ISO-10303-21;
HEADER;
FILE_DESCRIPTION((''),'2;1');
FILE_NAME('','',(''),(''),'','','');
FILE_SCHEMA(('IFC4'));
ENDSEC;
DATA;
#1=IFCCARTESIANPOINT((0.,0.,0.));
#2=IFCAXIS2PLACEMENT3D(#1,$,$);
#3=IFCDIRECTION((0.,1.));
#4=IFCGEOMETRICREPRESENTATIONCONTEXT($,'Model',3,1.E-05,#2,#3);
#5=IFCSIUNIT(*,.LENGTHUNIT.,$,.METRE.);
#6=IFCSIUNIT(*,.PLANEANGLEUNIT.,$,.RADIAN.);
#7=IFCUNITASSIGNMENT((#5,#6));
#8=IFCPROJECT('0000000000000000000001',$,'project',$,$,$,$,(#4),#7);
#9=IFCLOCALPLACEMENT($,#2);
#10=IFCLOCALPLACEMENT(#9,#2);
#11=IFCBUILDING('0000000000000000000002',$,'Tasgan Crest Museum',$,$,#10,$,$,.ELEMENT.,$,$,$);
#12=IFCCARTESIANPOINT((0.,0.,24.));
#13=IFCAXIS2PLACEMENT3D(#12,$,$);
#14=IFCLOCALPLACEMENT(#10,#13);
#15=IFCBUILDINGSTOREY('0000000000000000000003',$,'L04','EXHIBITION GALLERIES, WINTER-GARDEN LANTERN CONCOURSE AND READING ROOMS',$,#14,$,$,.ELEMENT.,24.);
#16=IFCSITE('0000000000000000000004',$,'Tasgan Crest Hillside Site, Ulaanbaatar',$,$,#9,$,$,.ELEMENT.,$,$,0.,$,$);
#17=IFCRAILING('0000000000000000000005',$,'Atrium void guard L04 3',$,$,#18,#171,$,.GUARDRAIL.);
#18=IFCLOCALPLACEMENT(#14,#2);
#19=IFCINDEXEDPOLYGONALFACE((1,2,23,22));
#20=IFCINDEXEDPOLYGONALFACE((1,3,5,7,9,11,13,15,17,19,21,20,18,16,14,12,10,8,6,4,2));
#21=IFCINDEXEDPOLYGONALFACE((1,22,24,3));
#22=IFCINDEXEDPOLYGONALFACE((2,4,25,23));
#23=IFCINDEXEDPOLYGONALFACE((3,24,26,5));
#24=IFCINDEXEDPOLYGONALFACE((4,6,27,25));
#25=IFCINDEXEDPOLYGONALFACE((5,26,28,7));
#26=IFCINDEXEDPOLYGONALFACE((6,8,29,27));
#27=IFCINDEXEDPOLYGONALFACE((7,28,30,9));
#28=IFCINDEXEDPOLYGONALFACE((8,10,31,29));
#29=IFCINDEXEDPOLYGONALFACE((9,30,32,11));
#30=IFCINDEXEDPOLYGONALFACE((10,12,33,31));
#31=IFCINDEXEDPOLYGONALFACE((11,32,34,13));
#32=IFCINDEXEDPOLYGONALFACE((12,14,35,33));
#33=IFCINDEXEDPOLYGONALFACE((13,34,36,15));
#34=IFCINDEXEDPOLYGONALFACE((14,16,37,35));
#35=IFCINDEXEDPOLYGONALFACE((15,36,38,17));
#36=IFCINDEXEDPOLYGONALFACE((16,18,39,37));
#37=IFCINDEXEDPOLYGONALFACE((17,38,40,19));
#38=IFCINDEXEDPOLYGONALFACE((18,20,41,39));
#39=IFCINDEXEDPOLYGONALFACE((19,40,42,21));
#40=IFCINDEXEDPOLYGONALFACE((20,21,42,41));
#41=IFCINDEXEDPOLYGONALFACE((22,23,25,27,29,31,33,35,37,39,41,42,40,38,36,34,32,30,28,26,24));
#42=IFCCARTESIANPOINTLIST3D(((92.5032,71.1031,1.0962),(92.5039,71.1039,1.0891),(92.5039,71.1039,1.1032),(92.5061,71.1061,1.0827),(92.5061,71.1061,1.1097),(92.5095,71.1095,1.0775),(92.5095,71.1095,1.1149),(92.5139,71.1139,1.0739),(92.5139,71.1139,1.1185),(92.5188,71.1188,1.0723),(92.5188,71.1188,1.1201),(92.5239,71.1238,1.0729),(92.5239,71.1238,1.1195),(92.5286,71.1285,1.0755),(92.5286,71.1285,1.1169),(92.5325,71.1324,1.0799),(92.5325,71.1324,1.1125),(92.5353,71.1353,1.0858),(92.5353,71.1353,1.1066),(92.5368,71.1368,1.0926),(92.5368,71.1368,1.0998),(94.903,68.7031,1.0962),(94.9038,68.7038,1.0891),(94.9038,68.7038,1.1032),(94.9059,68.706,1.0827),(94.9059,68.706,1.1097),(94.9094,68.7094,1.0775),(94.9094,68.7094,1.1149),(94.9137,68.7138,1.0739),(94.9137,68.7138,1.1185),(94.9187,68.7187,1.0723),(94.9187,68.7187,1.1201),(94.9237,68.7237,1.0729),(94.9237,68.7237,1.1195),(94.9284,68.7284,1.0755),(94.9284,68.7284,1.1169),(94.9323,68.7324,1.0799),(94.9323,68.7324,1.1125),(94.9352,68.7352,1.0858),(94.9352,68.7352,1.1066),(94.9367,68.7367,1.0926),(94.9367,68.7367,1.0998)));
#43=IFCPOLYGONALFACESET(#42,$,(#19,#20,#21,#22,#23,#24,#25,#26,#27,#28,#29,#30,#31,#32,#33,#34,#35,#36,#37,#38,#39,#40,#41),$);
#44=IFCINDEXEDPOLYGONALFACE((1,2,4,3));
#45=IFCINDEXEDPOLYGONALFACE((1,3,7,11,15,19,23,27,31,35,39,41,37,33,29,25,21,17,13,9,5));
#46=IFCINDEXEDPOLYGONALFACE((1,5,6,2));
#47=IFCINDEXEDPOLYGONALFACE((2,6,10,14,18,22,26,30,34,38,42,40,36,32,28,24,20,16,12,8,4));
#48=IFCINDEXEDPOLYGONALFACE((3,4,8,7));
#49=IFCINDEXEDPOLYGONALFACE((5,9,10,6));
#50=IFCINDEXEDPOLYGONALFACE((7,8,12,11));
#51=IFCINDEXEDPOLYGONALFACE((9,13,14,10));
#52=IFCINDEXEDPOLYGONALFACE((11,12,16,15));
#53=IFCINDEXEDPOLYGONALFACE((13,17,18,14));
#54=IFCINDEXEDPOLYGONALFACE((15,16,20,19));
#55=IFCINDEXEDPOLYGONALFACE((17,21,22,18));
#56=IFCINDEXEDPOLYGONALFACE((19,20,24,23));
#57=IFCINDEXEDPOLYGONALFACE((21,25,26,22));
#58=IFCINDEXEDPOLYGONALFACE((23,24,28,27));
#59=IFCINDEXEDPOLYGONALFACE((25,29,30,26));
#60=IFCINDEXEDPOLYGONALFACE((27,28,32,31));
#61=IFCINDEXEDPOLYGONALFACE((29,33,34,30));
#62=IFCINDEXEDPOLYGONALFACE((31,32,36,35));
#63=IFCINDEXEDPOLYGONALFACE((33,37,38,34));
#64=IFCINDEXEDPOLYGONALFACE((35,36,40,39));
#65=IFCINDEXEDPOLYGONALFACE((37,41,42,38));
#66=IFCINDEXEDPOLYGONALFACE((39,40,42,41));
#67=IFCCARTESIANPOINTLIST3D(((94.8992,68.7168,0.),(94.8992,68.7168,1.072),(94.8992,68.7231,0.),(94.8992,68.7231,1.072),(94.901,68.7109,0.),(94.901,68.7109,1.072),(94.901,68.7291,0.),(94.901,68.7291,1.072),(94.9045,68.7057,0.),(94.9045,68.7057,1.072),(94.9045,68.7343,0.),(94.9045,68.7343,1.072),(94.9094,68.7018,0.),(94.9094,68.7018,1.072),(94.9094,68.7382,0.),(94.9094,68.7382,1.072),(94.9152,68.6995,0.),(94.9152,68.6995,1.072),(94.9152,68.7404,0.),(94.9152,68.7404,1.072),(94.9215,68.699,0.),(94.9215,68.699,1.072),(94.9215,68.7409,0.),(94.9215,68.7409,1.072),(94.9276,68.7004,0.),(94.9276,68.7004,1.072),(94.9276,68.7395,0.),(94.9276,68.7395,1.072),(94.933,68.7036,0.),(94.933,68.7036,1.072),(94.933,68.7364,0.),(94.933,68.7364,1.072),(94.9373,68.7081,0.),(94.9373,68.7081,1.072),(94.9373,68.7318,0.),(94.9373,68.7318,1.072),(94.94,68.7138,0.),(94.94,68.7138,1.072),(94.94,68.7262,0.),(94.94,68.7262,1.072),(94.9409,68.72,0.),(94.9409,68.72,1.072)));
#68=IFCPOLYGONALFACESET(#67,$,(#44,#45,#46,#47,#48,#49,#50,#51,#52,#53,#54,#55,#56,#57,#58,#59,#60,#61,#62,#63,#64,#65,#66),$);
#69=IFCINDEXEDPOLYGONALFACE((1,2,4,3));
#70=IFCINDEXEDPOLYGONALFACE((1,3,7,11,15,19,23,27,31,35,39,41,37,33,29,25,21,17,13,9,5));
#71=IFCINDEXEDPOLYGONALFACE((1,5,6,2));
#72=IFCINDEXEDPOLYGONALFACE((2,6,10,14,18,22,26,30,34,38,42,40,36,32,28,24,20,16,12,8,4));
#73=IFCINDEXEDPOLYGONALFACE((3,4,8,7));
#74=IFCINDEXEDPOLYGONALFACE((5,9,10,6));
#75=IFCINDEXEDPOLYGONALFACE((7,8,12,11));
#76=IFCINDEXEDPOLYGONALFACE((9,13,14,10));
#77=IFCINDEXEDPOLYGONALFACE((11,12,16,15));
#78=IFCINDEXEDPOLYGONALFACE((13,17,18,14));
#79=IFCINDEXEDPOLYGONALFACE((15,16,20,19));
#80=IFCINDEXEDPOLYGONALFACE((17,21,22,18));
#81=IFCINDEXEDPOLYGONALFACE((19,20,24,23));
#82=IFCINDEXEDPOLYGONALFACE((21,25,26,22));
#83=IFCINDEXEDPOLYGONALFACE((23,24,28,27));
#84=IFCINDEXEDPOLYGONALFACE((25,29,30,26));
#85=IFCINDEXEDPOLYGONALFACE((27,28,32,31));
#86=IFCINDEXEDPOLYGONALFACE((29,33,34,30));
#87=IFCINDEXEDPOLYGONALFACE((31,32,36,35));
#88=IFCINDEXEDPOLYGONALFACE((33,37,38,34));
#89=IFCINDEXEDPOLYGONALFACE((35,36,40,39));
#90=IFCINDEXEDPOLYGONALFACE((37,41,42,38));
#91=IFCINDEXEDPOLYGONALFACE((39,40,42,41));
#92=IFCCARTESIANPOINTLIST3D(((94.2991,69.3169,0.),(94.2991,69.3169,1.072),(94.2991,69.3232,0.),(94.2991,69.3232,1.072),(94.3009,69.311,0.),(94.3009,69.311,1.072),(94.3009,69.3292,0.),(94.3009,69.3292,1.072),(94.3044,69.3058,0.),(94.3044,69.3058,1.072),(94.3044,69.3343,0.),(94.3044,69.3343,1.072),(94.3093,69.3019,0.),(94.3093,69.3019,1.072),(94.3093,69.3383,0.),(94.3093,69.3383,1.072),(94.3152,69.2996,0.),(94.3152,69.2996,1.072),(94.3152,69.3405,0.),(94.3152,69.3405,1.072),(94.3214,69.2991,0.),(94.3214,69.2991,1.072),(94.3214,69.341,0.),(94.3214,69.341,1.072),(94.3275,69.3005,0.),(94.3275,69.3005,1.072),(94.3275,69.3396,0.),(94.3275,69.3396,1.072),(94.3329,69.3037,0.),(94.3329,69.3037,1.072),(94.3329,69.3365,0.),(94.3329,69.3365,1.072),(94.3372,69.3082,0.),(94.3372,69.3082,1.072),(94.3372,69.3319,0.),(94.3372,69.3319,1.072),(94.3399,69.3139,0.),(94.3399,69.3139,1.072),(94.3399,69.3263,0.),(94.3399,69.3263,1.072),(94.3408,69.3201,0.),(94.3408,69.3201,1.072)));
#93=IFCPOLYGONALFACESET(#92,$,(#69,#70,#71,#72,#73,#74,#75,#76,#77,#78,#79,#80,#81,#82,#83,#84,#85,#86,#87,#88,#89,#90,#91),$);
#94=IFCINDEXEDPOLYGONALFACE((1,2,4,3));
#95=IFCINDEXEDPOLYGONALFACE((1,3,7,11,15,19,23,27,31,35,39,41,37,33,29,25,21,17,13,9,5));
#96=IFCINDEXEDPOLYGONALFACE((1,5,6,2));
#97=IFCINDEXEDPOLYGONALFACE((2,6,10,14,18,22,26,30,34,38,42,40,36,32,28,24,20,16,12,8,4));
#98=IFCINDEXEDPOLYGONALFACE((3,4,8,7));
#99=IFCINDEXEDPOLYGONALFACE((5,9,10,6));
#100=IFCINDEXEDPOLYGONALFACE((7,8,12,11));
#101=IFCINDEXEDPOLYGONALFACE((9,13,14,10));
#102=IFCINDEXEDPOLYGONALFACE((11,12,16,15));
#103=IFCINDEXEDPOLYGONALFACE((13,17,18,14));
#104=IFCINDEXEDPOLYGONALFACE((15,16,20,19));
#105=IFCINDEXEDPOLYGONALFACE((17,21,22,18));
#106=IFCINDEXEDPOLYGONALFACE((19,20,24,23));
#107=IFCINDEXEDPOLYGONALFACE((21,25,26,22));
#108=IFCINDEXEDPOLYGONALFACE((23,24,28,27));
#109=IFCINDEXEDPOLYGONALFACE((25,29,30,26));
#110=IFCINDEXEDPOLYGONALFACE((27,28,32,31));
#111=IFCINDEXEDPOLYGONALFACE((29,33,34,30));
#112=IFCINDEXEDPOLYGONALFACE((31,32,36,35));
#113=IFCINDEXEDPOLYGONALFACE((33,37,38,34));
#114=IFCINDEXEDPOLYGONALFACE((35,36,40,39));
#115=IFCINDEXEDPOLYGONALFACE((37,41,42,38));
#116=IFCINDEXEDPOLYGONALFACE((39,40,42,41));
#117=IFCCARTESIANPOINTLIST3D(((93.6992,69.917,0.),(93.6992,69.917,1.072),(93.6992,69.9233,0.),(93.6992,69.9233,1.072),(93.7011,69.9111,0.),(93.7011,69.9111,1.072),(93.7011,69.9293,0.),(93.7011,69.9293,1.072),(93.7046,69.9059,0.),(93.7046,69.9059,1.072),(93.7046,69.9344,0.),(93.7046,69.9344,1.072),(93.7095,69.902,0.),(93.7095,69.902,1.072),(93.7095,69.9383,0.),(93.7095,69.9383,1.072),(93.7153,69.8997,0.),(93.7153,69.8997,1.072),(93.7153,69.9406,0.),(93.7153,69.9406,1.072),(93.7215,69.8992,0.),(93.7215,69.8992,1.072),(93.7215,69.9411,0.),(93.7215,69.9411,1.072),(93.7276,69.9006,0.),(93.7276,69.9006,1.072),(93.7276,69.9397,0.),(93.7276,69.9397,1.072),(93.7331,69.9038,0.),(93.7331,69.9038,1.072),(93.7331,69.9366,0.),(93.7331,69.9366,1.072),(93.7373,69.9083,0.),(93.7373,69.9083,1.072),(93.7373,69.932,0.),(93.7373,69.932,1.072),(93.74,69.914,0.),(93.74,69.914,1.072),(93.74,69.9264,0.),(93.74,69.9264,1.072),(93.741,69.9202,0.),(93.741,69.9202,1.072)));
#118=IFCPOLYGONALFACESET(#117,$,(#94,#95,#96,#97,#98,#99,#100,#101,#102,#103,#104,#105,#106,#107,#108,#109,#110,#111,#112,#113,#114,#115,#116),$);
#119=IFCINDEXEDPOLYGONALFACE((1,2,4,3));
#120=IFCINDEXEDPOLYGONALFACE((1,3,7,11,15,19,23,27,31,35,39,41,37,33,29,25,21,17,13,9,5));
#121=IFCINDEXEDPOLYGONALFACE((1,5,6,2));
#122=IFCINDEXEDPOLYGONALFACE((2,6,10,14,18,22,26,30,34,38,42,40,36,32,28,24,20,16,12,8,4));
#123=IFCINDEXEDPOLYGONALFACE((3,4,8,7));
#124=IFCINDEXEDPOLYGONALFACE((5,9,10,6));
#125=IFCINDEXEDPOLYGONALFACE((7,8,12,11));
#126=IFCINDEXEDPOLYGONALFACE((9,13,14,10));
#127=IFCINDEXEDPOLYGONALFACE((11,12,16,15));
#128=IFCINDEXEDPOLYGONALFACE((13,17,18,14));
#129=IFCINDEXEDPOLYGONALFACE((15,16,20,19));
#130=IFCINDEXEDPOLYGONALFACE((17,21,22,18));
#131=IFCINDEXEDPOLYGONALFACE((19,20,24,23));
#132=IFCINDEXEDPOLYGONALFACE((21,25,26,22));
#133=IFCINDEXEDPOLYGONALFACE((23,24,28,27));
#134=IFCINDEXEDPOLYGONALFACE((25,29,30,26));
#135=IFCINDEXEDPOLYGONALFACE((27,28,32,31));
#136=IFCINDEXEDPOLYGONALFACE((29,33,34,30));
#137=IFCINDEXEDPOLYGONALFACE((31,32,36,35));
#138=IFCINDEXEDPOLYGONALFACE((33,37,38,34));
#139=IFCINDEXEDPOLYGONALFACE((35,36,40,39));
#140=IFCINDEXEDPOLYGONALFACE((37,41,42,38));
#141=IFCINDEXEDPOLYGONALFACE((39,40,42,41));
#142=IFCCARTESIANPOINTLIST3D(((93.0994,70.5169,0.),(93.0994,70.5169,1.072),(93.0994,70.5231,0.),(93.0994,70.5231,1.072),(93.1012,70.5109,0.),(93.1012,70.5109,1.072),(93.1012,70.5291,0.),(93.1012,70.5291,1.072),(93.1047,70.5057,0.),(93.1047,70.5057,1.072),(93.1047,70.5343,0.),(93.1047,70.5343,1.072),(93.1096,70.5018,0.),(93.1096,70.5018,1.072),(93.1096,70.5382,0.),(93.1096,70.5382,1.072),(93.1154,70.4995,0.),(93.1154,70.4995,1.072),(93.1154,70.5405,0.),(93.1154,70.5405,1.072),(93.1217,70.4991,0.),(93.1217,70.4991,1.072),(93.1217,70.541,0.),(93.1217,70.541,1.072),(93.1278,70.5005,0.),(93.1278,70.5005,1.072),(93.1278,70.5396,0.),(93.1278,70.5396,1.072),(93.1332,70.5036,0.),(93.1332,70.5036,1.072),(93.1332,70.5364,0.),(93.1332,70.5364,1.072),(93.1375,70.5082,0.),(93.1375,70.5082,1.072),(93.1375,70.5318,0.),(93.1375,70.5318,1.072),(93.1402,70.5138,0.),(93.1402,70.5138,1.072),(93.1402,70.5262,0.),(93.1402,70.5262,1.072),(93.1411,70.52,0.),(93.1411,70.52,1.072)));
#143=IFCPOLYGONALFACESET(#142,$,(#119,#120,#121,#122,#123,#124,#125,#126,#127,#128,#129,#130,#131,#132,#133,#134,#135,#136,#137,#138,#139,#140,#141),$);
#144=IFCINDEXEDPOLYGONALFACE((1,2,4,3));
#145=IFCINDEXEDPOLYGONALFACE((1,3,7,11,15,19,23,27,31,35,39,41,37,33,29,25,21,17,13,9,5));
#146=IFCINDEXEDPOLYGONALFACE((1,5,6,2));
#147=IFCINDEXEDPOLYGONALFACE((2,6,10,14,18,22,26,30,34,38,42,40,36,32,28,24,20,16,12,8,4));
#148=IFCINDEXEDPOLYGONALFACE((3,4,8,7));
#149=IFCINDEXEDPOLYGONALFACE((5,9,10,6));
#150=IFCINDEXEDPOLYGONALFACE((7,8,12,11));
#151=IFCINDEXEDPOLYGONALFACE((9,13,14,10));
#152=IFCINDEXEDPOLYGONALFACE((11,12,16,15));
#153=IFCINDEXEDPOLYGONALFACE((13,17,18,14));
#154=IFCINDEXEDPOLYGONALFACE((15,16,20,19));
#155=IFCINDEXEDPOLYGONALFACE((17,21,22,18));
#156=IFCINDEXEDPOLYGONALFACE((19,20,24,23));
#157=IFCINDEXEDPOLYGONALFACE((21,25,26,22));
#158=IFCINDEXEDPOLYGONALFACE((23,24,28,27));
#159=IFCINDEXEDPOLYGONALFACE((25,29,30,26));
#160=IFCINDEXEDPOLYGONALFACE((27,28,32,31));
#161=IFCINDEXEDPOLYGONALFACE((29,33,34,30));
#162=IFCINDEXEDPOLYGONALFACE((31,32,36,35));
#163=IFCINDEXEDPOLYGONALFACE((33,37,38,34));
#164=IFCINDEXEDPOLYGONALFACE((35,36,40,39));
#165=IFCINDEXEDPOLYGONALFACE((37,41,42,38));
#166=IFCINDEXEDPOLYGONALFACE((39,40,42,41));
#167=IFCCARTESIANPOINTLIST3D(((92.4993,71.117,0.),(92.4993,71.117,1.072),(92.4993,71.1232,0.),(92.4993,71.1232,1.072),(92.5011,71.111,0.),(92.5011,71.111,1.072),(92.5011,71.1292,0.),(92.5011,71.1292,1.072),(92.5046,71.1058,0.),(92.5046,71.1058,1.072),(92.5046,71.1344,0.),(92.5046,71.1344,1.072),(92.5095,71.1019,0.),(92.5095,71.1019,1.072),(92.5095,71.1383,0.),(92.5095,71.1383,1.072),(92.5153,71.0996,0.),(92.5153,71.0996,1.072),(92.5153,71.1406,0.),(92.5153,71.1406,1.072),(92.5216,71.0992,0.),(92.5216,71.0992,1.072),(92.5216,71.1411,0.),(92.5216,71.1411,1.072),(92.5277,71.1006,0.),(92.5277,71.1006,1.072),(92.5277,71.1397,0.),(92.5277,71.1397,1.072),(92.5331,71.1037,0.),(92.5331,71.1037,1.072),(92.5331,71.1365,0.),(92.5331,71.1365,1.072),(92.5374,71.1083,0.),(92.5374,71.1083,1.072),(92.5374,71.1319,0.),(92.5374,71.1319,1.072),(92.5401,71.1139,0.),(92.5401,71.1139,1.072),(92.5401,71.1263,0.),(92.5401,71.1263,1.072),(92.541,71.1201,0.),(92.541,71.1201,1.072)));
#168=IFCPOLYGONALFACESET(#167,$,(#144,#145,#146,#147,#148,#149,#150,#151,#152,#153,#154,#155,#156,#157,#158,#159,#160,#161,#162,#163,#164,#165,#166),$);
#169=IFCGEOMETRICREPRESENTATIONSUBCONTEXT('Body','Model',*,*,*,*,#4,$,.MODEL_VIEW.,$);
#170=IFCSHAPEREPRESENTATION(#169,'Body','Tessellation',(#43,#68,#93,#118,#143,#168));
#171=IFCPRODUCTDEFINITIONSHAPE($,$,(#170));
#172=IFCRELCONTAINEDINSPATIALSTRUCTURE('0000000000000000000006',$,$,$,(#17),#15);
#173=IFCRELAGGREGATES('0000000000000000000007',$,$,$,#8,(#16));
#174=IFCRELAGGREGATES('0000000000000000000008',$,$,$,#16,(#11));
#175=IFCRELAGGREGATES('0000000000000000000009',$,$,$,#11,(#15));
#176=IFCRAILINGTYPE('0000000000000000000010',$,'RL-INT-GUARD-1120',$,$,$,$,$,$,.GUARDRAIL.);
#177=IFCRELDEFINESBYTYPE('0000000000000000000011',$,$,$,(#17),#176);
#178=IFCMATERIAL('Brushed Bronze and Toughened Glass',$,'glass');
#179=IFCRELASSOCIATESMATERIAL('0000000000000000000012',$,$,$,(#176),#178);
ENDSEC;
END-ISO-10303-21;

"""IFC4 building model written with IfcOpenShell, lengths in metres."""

from ifc_helpers import new_model, si_unit, direction, frame, origin, origin_2d, place, context, subcontext, project, spatial, circle, extrude, material, type_object, element, save


model = new_model("IFC4")

# Units and contexts
model_context = context("Model", 3, precision=1e-05, world=origin(), true_north=direction((0.0, 1.0)))
body_context = subcontext(model_context, "Body", "Model", "MODEL_VIEW")
ifc_project = project(units=[si_unit("LENGTHUNIT", "METRE"), si_unit("PLANEANGLEUNIT", "RADIAN")], contexts=[model_context])

# Site, building, storey
site_placement = place(None, origin())
site = spatial("IfcSite", under=ifc_project, at=site_placement, Name="Tasgan Crest Hillside Site, Ulaanbaatar", CompositionType="ELEMENT", RefElevation=0.0)
building_placement = place(site_placement, origin())
building = spatial("IfcBuilding", under=site, at=building_placement, Name="Tasgan Crest Museum", CompositionType="ELEMENT")
storey_placement = place(building_placement, frame((0.0, 0.0, 24.0)))
storey = spatial("IfcBuildingStorey", under=building, at=storey_placement, Name="L04", Description="EXHIBITION GALLERIES, WINTER-GARDEN LANTERN CONCOURSE AND READING ROOMS", CompositionType="ELEMENT", Elevation=24.0)

# Railing
ifc_material_1 = material(Name="Brushed Bronze and Toughened Glass", Category="glass")
railing_type = type_object("IfcRailingType", Name="RL-INT-GUARD-1120", PredefinedType="GUARDRAIL", material=ifc_material_1)
railing_placement = place(storey_placement, frame((94.9199, 68.72, 0.0)))
element("IfcRailing", 1, at=railing_placement, inside=storey, type_object=railing_type, Name="Atrium void guard L04 3", PredefinedType="GUARDRAIL", context=body_context, shape_type="SweptSolid", body=[
    extrude(circle(Radius=0.0239, at=origin_2d()), frame((0.0, 0.0, 1.0962), z_axis=(-0.707071, 0.707143, 0.0), x_axis=(-0.707143, -0.707071, 0.0)), (0.0, 0.0, 1.0), 3.394),
    extrude(circle(Radius=0.021, at=origin_2d()), origin(), (0.0, 0.0, 1.0), 1.072),
    extrude(circle(Radius=0.021, at=origin_2d()), frame((-0.6001, 0.6001, 0.0)), (0.0, 0.0, 1.0), 1.072),
    extrude(circle(Radius=0.021, at=origin_2d()), frame((-1.2, 1.2002, 0.0)), (0.0, 0.0, 1.0), 1.072),
    extrude(circle(Radius=0.021, at=origin_2d()), frame((-1.7998, 1.8, 0.0)), (0.0, 0.0, 1.0), 1.072),
    extrude(circle(Radius=0.021, at=origin_2d()), frame((-2.3999, 2.4001, 0.0)), (0.0, 0.0, 1.0), 1.072),
])

save(model, "model.ifc")
